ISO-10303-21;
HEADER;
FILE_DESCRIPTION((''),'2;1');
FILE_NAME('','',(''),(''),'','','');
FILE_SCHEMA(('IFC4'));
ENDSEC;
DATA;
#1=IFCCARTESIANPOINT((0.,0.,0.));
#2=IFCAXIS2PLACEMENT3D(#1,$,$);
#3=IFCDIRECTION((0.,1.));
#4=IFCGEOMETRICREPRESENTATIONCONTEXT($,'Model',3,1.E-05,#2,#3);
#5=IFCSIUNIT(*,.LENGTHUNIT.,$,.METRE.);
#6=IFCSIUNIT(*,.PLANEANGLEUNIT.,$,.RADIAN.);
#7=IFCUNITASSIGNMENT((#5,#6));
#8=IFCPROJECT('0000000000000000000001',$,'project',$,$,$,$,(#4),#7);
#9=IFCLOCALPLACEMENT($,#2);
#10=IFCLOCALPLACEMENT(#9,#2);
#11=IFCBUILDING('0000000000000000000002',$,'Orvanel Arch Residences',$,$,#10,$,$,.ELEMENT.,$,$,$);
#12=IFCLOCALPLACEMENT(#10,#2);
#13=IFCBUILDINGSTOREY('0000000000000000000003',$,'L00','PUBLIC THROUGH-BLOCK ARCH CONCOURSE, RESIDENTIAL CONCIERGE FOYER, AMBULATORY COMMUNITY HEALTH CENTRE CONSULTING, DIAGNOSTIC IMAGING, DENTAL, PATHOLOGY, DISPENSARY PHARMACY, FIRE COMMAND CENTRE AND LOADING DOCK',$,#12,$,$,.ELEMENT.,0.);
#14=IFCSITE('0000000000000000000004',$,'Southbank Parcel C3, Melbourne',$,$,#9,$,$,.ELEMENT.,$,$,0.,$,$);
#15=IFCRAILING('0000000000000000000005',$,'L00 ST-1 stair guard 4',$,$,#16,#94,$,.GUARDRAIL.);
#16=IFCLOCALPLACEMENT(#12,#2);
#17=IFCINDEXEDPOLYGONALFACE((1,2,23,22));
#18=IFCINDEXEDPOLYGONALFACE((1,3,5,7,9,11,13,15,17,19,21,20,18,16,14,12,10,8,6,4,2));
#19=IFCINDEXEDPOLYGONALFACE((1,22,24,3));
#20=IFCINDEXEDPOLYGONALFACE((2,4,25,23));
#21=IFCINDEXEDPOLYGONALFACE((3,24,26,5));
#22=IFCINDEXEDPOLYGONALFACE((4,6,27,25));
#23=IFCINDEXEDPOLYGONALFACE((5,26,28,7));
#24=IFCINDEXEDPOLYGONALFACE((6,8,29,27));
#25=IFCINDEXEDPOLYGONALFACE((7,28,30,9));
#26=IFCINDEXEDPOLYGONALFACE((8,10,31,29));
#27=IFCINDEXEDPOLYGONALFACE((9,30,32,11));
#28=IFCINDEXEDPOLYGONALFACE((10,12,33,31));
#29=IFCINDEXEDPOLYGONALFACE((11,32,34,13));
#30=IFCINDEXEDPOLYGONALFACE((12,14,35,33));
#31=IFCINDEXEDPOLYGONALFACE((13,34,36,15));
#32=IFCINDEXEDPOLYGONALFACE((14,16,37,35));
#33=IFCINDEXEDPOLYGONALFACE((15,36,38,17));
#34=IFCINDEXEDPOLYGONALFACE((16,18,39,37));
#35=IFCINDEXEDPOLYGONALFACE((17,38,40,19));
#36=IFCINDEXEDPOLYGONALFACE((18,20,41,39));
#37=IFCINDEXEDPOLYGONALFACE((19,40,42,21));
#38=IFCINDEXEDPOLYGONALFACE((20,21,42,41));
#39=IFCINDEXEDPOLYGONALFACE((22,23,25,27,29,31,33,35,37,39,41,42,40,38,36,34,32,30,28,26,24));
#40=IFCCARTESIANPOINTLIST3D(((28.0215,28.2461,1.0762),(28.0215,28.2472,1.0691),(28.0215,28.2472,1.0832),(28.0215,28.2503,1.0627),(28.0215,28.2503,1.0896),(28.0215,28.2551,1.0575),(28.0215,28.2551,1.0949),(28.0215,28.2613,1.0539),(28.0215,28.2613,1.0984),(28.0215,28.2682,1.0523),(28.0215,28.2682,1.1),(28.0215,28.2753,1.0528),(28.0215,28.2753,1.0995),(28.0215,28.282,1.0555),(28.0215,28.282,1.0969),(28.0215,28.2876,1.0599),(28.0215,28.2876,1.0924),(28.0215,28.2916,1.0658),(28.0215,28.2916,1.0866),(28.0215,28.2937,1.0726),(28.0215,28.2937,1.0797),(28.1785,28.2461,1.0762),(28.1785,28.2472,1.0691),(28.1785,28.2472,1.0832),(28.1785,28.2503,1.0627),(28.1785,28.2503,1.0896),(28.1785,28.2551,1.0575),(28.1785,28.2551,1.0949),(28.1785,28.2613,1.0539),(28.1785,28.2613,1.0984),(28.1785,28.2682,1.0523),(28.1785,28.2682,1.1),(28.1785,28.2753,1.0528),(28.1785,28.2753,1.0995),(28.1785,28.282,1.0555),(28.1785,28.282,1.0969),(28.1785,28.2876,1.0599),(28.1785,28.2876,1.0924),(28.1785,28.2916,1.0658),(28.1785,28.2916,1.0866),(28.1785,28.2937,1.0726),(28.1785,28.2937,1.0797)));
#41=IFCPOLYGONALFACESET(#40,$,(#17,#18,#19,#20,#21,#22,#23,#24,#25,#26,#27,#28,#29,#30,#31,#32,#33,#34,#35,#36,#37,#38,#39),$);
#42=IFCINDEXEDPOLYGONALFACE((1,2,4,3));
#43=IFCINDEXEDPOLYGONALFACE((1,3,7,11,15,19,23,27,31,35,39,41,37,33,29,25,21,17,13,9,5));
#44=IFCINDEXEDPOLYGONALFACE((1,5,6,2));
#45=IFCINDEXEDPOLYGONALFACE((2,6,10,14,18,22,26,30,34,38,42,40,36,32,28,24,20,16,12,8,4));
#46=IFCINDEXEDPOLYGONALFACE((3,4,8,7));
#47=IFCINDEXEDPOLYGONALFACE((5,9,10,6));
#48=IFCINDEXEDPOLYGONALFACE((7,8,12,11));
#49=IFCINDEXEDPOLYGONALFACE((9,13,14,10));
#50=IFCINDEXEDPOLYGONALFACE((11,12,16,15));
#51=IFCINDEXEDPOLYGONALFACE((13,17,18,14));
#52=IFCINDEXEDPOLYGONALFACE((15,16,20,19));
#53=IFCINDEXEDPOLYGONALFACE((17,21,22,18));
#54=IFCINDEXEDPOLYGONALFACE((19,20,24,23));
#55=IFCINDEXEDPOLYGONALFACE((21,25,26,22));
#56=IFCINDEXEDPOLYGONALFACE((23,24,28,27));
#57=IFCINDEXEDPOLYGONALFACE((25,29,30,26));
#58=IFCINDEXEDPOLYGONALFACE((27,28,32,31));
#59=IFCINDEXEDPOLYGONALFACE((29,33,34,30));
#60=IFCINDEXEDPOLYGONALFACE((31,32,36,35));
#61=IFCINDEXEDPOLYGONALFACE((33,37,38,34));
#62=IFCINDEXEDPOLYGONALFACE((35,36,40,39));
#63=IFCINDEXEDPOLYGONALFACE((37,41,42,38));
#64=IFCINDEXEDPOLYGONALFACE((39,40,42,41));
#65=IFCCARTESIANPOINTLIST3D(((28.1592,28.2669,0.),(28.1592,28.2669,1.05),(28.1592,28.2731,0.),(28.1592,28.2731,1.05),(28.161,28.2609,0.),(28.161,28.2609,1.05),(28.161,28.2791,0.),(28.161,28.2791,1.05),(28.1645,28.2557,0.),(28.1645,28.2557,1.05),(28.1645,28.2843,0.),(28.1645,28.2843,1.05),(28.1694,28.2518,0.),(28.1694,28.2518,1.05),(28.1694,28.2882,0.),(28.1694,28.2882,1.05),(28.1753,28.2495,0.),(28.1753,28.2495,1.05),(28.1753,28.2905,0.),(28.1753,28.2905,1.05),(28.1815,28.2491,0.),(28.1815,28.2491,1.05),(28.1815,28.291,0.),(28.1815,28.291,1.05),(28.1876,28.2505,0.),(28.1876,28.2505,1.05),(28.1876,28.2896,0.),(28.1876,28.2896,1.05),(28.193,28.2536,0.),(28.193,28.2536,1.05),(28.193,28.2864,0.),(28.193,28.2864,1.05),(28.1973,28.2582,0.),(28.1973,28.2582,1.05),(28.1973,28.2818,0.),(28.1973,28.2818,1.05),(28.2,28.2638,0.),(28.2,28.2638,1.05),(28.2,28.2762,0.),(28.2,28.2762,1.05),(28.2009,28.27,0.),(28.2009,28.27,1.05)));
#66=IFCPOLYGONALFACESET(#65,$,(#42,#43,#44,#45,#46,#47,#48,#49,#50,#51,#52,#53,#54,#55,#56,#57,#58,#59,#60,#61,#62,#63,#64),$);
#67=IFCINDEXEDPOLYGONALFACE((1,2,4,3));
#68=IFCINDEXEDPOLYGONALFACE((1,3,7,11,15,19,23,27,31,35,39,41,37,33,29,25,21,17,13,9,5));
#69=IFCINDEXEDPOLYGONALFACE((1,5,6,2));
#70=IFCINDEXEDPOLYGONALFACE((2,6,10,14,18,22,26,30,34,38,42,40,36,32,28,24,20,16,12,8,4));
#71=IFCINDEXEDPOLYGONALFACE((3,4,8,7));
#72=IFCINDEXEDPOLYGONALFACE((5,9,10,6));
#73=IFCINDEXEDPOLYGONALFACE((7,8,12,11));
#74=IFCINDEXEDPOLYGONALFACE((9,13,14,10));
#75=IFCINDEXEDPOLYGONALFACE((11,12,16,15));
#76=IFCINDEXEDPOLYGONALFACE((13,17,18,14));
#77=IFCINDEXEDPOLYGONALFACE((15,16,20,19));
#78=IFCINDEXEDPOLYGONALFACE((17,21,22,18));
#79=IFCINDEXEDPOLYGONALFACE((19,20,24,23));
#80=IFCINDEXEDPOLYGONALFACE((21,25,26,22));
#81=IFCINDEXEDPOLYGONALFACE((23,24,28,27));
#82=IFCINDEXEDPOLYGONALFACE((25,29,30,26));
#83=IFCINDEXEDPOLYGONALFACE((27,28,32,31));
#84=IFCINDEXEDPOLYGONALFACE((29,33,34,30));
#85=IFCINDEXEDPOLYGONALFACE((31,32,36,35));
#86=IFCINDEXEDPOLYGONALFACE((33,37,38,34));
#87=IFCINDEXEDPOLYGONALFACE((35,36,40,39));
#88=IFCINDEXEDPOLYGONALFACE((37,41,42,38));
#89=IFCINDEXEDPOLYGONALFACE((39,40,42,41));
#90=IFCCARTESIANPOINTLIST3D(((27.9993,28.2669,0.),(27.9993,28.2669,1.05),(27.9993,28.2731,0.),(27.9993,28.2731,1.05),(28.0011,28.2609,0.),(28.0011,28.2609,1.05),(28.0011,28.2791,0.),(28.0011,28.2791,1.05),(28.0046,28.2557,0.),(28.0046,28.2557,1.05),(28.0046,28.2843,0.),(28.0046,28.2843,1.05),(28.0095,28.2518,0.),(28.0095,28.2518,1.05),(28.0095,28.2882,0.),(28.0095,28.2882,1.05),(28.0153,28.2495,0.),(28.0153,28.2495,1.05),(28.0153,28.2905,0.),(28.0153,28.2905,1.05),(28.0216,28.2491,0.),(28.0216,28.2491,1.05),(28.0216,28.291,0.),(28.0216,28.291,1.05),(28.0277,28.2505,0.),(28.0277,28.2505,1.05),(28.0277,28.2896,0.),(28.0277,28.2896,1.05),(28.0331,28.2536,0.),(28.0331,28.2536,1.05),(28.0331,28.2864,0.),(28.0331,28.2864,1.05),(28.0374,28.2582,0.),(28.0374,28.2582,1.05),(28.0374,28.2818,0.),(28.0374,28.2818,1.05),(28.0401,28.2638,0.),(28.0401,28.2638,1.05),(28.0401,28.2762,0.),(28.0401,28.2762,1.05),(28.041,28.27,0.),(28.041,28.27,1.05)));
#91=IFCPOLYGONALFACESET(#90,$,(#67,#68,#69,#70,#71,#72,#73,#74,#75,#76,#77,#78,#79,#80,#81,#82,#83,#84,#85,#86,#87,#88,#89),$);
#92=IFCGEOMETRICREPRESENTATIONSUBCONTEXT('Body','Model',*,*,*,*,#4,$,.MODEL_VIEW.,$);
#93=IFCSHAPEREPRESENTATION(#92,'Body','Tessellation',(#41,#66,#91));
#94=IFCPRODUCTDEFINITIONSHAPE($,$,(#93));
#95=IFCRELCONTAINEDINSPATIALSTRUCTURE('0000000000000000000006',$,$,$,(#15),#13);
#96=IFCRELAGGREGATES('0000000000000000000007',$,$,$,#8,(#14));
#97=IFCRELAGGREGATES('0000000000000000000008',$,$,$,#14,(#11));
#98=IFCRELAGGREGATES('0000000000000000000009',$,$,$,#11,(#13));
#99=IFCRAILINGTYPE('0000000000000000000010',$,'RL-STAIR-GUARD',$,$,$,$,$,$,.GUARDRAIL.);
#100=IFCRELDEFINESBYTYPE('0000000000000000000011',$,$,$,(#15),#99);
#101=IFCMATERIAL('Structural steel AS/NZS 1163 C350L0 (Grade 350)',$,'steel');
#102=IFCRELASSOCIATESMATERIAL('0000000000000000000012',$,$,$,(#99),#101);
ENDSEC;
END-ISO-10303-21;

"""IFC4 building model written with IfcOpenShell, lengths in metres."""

from ifc_helpers import new_model, si_unit, direction, frame, origin, origin_2d, place, context, subcontext, project, spatial, circle, extrude, material, type_object, element, save


model = new_model("IFC4")

# Units and contexts
model_context = context("Model", 3, precision=1e-05, world=origin(), true_north=direction((0.0, 1.0)))
body_context = subcontext(model_context, "Body", "Model", "MODEL_VIEW")
ifc_project = project(units=[si_unit("LENGTHUNIT", "METRE"), si_unit("PLANEANGLEUNIT", "RADIAN")], contexts=[model_context])

# Site, building, storey
site_placement = place(None, origin())
site = spatial("IfcSite", under=ifc_project, at=site_placement, Name="Southbank Parcel C3, Melbourne", CompositionType="ELEMENT", RefElevation=0.0)
building_placement = place(site_placement, origin())
building = spatial("IfcBuilding", under=site, at=building_placement, Name="Orvanel Arch Residences", CompositionType="ELEMENT")
storey_placement = place(building_placement, origin())
storey = spatial("IfcBuildingStorey", under=building, at=storey_placement, Name="L00", Description="PUBLIC THROUGH-BLOCK ARCH CONCOURSE, RESIDENTIAL CONCIERGE FOYER, AMBULATORY COMMUNITY HEALTH CENTRE CONSULTING, DIAGNOSTIC IMAGING, DENTAL, PATHOLOGY, DISPENSARY PHARMACY, FIRE COMMAND CENTRE AND LOADING DOCK", CompositionType="ELEMENT", Elevation=0.0)

# Railing
ifc_material_1 = material(Name="Structural steel AS/NZS 1163 C350L0 (Grade 350)", Category="steel")
railing_type_1 = type_object("IfcRailingType", Name="RL-STAIR-GUARD", PredefinedType="GUARDRAIL", material=ifc_material_1)
railing_1_placement = place(storey_placement, frame((28.1799, 28.27, 0.0)))
element("IfcRailing", 1, at=railing_1_placement, inside=storey, type_object=railing_type_1, Name="L00 ST-1 stair guard 4", PredefinedType="GUARDRAIL", context=body_context, shape_type="SweptSolid", body=[
    extrude(circle(Radius=0.0239, at=origin_2d()), frame((-0.0015, 0.0, 1.0762), z_axis=(-1.0, 0.0, 0.0), x_axis=(0.0, -1.0, 0.0)), (0.0, 0.0, 1.0), 0.157),
    extrude(circle(Radius=0.021, at=origin_2d()), origin(), (0.0, 0.0, 1.0), 1.05),
    extrude(circle(Radius=0.021, at=origin_2d()), frame((-0.1599, 0.0, 0.0)), (0.0, 0.0, 1.0), 1.05),
])

save(model, "model.ifc")
